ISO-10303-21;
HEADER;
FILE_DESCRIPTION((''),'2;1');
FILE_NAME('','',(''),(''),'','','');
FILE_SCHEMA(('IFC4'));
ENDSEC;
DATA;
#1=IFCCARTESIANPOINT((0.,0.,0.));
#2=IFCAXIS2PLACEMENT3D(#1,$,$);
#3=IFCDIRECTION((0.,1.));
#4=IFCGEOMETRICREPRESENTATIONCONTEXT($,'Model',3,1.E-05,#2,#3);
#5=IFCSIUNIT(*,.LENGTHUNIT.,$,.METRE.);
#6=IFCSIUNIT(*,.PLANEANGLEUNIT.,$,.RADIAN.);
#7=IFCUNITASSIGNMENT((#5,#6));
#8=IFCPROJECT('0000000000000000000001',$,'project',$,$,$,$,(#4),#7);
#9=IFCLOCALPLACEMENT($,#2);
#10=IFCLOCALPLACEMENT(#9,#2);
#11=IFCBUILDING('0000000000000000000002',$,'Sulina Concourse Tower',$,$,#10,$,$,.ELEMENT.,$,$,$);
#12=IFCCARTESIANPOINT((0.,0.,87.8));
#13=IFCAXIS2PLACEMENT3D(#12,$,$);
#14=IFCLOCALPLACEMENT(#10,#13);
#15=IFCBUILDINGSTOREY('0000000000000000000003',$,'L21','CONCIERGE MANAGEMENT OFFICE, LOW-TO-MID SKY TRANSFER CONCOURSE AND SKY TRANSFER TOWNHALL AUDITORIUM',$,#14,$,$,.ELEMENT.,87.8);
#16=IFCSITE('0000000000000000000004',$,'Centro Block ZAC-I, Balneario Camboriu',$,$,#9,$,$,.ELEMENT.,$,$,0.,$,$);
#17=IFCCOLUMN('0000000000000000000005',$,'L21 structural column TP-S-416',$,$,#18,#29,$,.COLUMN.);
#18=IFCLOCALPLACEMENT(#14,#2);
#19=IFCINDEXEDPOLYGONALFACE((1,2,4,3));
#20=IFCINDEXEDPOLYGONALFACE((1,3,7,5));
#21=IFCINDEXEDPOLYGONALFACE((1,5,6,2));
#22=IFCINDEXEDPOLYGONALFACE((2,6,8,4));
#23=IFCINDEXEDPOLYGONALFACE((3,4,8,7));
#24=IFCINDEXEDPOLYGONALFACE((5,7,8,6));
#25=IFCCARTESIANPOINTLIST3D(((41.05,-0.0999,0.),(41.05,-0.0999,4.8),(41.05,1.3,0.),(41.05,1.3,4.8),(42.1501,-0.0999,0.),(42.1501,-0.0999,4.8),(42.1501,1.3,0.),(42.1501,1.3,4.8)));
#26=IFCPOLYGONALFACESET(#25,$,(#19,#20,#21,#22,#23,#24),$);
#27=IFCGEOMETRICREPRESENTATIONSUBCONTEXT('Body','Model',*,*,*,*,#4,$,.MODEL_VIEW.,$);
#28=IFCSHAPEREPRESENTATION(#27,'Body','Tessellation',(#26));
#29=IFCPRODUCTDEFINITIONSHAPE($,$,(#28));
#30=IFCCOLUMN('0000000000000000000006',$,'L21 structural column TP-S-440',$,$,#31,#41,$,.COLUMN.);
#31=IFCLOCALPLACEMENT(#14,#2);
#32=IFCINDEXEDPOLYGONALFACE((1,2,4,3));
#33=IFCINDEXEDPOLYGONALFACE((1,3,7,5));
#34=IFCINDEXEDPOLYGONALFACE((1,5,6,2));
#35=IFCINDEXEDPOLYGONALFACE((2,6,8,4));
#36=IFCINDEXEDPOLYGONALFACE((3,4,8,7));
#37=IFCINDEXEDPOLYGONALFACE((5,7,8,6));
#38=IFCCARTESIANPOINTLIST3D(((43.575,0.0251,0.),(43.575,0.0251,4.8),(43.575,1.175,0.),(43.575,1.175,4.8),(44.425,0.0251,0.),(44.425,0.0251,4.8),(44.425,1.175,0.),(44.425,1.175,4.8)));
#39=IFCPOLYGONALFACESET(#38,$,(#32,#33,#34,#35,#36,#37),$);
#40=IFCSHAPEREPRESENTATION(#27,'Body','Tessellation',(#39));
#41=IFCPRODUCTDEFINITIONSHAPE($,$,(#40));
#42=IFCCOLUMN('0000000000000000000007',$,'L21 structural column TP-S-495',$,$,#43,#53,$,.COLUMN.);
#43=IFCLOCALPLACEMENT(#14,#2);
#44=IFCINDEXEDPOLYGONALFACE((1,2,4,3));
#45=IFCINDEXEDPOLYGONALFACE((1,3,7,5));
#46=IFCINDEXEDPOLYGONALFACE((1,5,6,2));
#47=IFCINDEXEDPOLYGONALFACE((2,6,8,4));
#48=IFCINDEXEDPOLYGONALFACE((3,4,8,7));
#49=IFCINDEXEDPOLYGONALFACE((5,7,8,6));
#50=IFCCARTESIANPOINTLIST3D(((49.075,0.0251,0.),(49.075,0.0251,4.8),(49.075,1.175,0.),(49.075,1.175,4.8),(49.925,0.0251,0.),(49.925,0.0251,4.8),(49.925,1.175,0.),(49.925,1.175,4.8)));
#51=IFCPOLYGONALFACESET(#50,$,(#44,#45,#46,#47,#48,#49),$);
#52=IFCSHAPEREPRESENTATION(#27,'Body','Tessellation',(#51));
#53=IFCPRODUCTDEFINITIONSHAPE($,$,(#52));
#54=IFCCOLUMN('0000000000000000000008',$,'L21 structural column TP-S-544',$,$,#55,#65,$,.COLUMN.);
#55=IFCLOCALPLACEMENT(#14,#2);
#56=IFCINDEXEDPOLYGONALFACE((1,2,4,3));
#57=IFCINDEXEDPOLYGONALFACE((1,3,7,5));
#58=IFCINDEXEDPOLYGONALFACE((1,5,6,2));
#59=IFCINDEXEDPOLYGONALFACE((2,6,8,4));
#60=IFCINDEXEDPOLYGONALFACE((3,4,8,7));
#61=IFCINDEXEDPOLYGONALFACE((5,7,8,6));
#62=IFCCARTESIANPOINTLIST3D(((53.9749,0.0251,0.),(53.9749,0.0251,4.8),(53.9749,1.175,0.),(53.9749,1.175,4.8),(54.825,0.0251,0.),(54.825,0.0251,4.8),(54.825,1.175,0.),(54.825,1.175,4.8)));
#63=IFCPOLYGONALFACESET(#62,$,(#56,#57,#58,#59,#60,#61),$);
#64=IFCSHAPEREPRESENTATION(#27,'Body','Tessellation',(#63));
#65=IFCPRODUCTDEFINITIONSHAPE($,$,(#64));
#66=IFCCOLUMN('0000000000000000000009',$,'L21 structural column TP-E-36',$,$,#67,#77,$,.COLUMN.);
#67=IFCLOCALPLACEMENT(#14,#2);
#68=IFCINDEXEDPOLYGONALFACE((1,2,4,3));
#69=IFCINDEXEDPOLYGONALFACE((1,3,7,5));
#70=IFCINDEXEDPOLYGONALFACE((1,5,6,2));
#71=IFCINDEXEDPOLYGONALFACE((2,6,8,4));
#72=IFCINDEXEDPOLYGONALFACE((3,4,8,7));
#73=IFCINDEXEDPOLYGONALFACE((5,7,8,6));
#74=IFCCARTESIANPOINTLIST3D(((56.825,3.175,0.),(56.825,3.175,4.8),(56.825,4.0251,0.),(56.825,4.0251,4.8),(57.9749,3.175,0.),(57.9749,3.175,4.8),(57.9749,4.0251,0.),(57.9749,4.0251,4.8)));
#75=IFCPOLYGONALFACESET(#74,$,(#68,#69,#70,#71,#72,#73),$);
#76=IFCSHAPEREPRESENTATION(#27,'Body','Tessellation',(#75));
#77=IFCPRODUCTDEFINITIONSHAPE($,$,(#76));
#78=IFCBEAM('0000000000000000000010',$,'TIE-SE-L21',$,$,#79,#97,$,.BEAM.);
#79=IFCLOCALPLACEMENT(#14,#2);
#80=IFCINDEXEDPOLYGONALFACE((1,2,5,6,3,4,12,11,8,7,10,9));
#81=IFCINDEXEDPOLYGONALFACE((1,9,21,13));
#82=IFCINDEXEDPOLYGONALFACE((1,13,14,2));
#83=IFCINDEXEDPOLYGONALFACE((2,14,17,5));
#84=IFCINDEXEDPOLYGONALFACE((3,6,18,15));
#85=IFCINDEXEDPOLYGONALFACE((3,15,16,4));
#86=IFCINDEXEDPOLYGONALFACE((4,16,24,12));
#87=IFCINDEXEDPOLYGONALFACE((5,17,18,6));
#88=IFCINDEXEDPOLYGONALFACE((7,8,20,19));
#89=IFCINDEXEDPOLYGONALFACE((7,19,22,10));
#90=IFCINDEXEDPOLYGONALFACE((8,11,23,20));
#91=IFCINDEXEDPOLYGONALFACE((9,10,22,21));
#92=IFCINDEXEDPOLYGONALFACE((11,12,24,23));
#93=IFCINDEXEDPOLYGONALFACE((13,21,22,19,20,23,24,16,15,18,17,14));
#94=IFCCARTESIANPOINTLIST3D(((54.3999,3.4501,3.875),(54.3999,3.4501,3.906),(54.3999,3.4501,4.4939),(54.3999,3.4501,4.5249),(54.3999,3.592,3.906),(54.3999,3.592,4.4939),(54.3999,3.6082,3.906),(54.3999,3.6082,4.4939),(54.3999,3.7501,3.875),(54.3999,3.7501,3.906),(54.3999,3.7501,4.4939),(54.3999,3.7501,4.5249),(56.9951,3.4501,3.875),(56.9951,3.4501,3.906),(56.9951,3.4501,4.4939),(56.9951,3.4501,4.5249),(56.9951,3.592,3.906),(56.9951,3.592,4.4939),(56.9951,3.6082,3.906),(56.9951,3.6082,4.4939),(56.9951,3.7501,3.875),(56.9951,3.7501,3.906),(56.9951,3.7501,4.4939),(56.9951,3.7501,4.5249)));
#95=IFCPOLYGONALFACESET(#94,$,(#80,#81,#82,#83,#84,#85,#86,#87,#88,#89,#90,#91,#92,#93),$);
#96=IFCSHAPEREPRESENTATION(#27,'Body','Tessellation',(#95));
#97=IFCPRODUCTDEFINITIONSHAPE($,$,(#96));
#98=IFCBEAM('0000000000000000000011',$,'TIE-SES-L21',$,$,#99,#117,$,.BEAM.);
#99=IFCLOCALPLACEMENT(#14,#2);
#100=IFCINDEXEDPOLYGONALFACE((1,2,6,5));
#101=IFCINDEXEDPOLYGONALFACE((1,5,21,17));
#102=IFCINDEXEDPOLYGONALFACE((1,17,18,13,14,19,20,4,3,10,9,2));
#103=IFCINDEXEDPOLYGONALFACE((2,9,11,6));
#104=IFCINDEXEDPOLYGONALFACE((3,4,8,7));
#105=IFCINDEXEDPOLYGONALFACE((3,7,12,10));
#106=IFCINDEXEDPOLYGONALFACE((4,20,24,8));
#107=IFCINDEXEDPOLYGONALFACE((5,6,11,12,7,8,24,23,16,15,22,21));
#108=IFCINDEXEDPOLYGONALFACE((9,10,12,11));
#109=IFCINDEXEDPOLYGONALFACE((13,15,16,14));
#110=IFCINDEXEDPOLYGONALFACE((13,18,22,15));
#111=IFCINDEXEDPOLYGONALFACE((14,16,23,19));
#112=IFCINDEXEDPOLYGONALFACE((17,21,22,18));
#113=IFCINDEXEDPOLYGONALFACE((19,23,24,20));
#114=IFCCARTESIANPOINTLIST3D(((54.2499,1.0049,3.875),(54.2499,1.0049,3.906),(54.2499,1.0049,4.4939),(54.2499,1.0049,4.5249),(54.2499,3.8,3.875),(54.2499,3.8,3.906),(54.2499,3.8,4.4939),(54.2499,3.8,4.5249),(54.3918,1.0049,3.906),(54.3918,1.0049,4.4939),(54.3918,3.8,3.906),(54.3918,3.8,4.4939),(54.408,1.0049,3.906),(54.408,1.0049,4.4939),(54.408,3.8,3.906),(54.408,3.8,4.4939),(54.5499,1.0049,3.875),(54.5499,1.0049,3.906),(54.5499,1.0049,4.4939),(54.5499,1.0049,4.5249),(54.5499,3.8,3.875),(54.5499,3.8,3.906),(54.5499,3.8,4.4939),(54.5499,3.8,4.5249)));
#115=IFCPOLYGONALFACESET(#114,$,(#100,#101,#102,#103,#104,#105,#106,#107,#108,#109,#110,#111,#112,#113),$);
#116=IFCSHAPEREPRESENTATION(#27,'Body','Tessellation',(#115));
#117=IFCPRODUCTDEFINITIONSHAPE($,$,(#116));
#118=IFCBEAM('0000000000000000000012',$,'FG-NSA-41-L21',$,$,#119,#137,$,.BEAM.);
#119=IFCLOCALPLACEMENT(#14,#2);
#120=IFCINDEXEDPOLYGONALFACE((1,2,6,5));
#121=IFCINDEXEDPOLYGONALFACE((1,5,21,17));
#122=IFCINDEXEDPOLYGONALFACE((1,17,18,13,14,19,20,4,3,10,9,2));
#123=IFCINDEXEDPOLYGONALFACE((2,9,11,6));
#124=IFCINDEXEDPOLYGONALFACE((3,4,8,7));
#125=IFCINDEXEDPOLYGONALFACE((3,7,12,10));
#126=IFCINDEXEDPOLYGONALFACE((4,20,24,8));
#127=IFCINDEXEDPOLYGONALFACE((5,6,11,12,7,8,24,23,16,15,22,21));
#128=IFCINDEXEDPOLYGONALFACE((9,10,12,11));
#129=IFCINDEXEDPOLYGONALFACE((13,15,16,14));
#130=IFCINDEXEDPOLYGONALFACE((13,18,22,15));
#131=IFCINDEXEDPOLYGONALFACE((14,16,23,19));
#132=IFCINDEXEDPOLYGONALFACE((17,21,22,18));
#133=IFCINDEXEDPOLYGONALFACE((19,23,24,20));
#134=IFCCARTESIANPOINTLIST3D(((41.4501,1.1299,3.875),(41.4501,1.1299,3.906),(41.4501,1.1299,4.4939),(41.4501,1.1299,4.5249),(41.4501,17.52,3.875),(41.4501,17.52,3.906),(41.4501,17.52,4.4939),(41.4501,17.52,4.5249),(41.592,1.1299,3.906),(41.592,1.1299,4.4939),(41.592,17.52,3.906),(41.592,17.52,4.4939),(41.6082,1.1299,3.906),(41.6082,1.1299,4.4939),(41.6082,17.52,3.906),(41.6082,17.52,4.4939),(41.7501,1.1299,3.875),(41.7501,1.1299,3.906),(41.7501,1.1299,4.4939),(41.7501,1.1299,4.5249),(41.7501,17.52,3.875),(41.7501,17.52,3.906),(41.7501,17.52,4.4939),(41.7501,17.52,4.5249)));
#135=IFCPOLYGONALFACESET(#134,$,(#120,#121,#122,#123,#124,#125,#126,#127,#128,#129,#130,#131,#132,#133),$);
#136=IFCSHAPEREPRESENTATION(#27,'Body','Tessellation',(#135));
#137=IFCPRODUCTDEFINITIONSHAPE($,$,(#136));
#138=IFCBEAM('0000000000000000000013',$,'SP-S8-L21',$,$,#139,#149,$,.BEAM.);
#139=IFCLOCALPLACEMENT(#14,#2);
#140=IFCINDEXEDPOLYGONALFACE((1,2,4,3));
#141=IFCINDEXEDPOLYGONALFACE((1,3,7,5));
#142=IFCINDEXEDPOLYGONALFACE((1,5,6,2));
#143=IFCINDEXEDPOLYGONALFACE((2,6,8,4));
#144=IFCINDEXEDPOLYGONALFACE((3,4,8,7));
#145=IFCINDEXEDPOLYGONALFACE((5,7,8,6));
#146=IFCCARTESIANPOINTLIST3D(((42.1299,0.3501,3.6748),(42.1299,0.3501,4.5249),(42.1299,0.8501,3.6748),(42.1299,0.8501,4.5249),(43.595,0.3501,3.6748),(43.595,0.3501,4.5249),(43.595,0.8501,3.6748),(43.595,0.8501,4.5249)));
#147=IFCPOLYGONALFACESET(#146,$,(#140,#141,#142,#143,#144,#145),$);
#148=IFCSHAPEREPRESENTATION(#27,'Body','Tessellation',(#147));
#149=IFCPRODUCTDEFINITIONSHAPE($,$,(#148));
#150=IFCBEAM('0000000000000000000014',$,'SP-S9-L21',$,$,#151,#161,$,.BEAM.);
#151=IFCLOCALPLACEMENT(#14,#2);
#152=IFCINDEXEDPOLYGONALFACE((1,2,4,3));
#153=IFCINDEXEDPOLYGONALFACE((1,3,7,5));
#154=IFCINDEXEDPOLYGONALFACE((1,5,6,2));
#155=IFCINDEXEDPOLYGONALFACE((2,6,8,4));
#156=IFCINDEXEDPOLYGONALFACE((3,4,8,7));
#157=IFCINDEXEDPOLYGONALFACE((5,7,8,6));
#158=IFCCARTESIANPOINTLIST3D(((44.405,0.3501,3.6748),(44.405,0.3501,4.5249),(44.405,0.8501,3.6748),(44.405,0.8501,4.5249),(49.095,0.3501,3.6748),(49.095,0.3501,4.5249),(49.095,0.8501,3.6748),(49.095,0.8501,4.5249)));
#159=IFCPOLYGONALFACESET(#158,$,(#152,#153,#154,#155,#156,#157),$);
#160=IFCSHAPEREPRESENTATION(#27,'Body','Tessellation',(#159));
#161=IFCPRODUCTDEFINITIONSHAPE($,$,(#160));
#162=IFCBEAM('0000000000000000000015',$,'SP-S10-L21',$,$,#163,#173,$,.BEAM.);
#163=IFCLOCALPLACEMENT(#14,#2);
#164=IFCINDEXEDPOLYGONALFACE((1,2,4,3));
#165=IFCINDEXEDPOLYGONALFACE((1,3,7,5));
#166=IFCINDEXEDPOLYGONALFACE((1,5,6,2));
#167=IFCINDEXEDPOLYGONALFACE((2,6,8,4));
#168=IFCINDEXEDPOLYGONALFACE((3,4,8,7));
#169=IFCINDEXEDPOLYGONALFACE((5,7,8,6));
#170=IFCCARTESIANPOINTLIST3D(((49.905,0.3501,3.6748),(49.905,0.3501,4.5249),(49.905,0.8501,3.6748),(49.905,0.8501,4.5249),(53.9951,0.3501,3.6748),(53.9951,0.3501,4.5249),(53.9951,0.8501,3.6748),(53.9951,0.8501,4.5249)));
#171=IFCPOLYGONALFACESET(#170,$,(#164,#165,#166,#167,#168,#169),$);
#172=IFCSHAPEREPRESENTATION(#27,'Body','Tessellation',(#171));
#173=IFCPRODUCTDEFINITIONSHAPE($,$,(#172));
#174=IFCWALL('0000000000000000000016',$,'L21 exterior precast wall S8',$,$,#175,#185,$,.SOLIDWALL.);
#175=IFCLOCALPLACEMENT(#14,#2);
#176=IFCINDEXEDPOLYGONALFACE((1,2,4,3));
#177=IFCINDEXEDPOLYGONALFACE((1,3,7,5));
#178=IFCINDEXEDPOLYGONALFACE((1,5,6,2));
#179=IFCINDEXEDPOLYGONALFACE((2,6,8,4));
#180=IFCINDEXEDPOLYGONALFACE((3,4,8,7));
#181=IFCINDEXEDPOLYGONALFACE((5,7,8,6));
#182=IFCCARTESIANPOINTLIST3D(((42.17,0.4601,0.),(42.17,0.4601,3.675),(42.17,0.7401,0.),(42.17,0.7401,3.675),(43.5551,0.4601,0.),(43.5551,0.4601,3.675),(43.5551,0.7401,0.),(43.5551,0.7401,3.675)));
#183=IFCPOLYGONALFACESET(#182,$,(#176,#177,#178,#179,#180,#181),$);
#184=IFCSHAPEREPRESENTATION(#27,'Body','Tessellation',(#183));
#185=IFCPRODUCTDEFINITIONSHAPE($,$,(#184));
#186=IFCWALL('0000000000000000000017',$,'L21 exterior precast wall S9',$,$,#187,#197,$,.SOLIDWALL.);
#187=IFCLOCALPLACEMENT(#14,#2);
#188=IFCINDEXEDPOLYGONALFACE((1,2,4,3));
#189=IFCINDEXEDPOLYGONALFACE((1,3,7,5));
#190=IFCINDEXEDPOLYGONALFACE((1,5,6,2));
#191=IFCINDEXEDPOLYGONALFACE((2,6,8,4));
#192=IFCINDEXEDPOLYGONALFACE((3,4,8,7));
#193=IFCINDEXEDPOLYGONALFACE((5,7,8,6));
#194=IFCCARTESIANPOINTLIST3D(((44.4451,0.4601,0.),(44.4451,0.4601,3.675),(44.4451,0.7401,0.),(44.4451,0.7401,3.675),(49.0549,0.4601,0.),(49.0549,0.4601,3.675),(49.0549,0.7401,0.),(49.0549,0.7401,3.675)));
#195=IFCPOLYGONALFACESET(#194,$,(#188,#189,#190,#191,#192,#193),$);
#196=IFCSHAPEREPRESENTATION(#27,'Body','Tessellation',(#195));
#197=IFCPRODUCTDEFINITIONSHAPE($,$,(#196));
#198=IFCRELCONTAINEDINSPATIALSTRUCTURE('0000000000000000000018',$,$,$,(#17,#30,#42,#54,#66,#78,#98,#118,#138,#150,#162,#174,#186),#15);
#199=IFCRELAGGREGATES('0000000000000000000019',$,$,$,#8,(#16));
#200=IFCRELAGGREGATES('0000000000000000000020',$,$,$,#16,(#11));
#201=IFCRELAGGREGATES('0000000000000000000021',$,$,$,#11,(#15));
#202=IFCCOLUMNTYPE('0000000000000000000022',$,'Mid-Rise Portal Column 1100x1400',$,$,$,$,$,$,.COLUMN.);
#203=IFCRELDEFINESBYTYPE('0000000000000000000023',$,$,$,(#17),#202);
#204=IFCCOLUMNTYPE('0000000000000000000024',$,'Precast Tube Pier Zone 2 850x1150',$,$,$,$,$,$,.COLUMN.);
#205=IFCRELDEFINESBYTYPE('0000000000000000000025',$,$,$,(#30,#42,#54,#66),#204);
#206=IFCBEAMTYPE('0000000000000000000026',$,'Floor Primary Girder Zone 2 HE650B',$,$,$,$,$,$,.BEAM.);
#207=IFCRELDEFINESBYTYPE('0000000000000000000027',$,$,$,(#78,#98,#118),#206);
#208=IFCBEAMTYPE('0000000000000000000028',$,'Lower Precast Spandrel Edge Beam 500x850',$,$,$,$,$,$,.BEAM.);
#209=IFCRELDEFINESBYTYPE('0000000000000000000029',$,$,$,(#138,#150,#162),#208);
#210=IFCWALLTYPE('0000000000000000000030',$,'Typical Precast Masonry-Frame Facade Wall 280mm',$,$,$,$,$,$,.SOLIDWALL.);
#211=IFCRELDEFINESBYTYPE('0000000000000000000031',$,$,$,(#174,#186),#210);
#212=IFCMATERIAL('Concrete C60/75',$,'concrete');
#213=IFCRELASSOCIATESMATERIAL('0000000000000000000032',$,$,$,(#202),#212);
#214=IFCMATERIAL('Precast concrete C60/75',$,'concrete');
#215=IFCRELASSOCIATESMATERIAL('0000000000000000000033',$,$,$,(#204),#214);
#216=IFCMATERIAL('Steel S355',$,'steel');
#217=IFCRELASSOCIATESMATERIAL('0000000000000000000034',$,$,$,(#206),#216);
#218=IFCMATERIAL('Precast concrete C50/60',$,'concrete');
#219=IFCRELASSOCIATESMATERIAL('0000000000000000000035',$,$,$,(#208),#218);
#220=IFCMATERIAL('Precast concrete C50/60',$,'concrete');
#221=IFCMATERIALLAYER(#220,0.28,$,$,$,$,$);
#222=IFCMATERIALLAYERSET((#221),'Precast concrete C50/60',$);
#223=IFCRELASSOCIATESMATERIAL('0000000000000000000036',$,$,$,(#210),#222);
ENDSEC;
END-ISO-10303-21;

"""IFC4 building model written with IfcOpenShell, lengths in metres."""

from ifc_helpers import new_model, si_unit, direction, frame, frame_2d, origin, origin_2d, place, context, subcontext, project, spatial, rectangle, i_section, extrude, material, layer, layer_set, material_profile, profile_set, type_object, element, save


model = new_model("IFC4")

# Units and contexts
model_context = context("Model", 3, precision=1e-05, world=origin(), true_north=direction((0.0, 1.0)))
body_context = subcontext(model_context, "Body", "Model", "MODEL_VIEW")
ifc_project = project(units=[si_unit("LENGTHUNIT", "METRE"), si_unit("PLANEANGLEUNIT", "RADIAN")], contexts=[model_context])

# Site, building, storey
site_placement = place(None, origin())
site = spatial("IfcSite", under=ifc_project, at=site_placement, Name="Centro Block ZAC-I, Balneario Camboriu", CompositionType="ELEMENT", RefElevation=0.0)
building_placement = place(site_placement, origin())
building = spatial("IfcBuilding", under=site, at=building_placement, Name="Sulina Concourse Tower", CompositionType="ELEMENT")
storey_placement = place(building_placement, frame((0.0, 0.0, 87.8)))
storey = spatial("IfcBuildingStorey", under=building, at=storey_placement, Name="L21", Description="CONCIERGE MANAGEMENT OFFICE, LOW-TO-MID SKY TRANSFER CONCOURSE AND SKY TRANSFER TOWNHALL AUDITORIUM", CompositionType="ELEMENT", Elevation=87.8)

# Columns
ifc_material_1 = material(Name="Concrete C60/75", Category="concrete")
ifc_material_profile_1 = material_profile(ifc_material_1, rectangle(XDim=1.1001, YDim=1.3999, at=origin_2d()), Name="RC 1100x1400")
ifc_profile_set_1 = profile_set([ifc_material_profile_1], Name="Concrete C60/75")
column_type_1 = type_object("IfcColumnType", Name="Mid-Rise Portal Column 1100x1400", PredefinedType="COLUMN", material=ifc_profile_set_1)
column_placement = place(storey_placement, frame((41.6001, 0.6001, 0.0), z_axis=(0.0, 0.0, 1.0), x_axis=(1.0, 0.0, 0.0)))
element("IfcColumn", 1, at=column_placement, inside=storey, type_object=column_type_1, Name="L21 structural column TP-S-416", PredefinedType="COLUMN", context=body_context, shape_type="SweptSolid", body=[
    extrude(rectangle(XDim=1.1001, YDim=1.3999, at=origin_2d()), origin(), (0.0, 0.0, 1.0), 4.8),
])
ifc_material_2 = material(Name="Precast concrete C60/75", Category="concrete")
ifc_material_profile_2 = material_profile(ifc_material_2, rectangle(XDim=0.8501, YDim=1.1499, at=origin_2d()), Name="PC 850x1150")
ifc_profile_set_2 = profile_set([ifc_material_profile_2], Name="Precast concrete C60/75")
column_type_2 = type_object("IfcColumnType", Name="Precast Tube Pier Zone 2 850x1150", PredefinedType="COLUMN", material=ifc_profile_set_2)
for number, where, z_axis, x_axis, name in (
    (2, (44.0, 0.6001, 0.0), (0.0, 0.0, 1.0), (1.0, 0.0, 0.0), "L21 structural column TP-S-440"),
    (3, (49.5, 0.6001, 0.0), (0.0, 0.0, 1.0), (1.0, 0.0, 0.0), "L21 structural column TP-S-495"),
    (4, (54.3999, 0.6001, 0.0), (0.0, 0.0, 1.0), (1.0, 0.0, 0.0), "L21 structural column TP-S-544"),
    (5, (57.3999, 3.6001, 0.0), (0.0, 0.0, 1.0), (0.0, 1.0, 0.0), "L21 structural column TP-E-36"),
):
    element("IfcColumn", number, at=place(storey_placement, frame(where, z_axis=z_axis, x_axis=x_axis)), inside=storey, type_object=column_type_2, Name=name, PredefinedType="COLUMN", context=body_context, shape_type="SweptSolid", body=[
        extrude(rectangle(XDim=0.8501, YDim=1.1499, at=origin_2d()), origin(), (0.0, 0.0, 1.0), 4.8),
    ])

# Beams
ifc_material_3 = material(Name="Steel S355", Category="steel")
ifc_material_profile_3 = material_profile(ifc_material_3, i_section(OverallWidth=0.3, OverallDepth=0.6499, WebThickness=0.0161, FlangeThickness=0.031, at=origin_2d()), Name="HE 650 B")
ifc_profile_set_3 = profile_set([ifc_material_profile_3], Name="Steel S355")
beam_type_1 = type_object("IfcBeamType", Name="Floor Primary Girder Zone 2 HE650B", PredefinedType="BEAM", material=ifc_profile_set_3)
beam_1_placement = place(storey_placement, frame((54.3999, 3.6001, 4.2), z_axis=(1.0, 0.0, 0.0), x_axis=(0.0, 1.0, 0.0)))
element("IfcBeam", 6, at=beam_1_placement, inside=storey, type_object=beam_type_1, Name="TIE-SE-L21", PredefinedType="BEAM", context=body_context, shape_type="SweptSolid", body=[
    extrude(i_section(OverallWidth=0.3, OverallDepth=0.6499, WebThickness=0.0161, FlangeThickness=0.031, at=origin_2d()), origin(), (0.0, 0.0, 1.0), 2.5952),
])
beam_2_placement = place(storey_placement, frame((54.3999, 1.0049, 4.2), z_axis=(0.0, 1.0, 0.0), x_axis=(-1.0, 0.0, 0.0)))
element("IfcBeam", 7, at=beam_2_placement, inside=storey, type_object=beam_type_1, Name="TIE-SES-L21", PredefinedType="BEAM", context=body_context, shape_type="SweptSolid", body=[
    extrude(i_section(OverallWidth=0.3, OverallDepth=0.6499, WebThickness=0.0161, FlangeThickness=0.031, at=origin_2d()), origin(), (0.0, 0.0, 1.0), 2.7952),
])
beam_3_placement = place(storey_placement, frame((41.6001, 1.1299, 4.2), z_axis=(0.0, 1.0, 0.0), x_axis=(-1.0, 0.0, 0.0)))
element("IfcBeam", 8, at=beam_3_placement, inside=storey, type_object=beam_type_1, Name="FG-NSA-41-L21", PredefinedType="BEAM", context=body_context, shape_type="SweptSolid", body=[
    extrude(i_section(OverallWidth=0.3, OverallDepth=0.6499, WebThickness=0.0161, FlangeThickness=0.031, at=origin_2d()), origin(), (0.0, 0.0, 1.0), 16.3901),
])
ifc_material_4 = material(Name="Precast concrete C50/60", Category="concrete")
ifc_material_profile_4 = material_profile(ifc_material_4, rectangle(XDim=0.5, YDim=0.8501, at=origin_2d()), Name="RC 500x850")
ifc_profile_set_4 = profile_set([ifc_material_profile_4], Name="Precast concrete C50/60")
beam_type_2 = type_object("IfcBeamType", Name="Lower Precast Spandrel Edge Beam 500x850", PredefinedType="BEAM", material=ifc_profile_set_4)
beam_4_placement = place(storey_placement, frame((42.1299, 0.6001, 4.0999), z_axis=(1.0, 0.0, 0.0), x_axis=(0.0, 1.0, 0.0)))
element("IfcBeam", 9, at=beam_4_placement, inside=storey, type_object=beam_type_2, Name="SP-S8-L21", PredefinedType="BEAM", context=body_context, shape_type="SweptSolid", body=[
    extrude(rectangle(XDim=0.5, YDim=0.8501, at=origin_2d()), origin(), (0.0, 0.0, 1.0), 1.4651),
])
beam_5_placement = place(storey_placement, frame((44.405, 0.6001, 4.0999), z_axis=(1.0, 0.0, 0.0), x_axis=(0.0, 1.0, 0.0)))
element("IfcBeam", 10, at=beam_5_placement, inside=storey, type_object=beam_type_2, Name="SP-S9-L21", PredefinedType="BEAM", context=body_context, shape_type="SweptSolid", body=[
    extrude(rectangle(XDim=0.5, YDim=0.8501, at=origin_2d()), origin(), (0.0, 0.0, 1.0), 4.6899),
])
beam_6_placement = place(storey_placement, frame((49.905, 0.6001, 4.0999), z_axis=(1.0, 0.0, 0.0), x_axis=(0.0, 1.0, 0.0)))
element("IfcBeam", 11, at=beam_6_placement, inside=storey, type_object=beam_type_2, Name="SP-S10-L21", PredefinedType="BEAM", context=body_context, shape_type="SweptSolid", body=[
    extrude(rectangle(XDim=0.5, YDim=0.8501, at=origin_2d()), origin(), (0.0, 0.0, 1.0), 4.0901),
])

# Walls
ifc_material_5 = material(Name="Precast concrete C50/60", Category="concrete")
ifc_layer = layer(ifc_material_5, 0.28)
ifc_layer_set = layer_set([ifc_layer], Name="Precast concrete C50/60")
wall_type = type_object("IfcWallType", Name="Typical Precast Masonry-Frame Facade Wall 280mm", PredefinedType="SOLIDWALL", material=ifc_layer_set)
wall_1_placement = place(storey_placement, frame((43.5549, 0.6001, 0.0), z_axis=(0.0, 0.0, 1.0), x_axis=(-1.0, 0.0, 0.0)))
element("IfcWall", 12, at=wall_1_placement, inside=storey, type_object=wall_type, Name="L21 exterior precast wall S8", PredefinedType="SOLIDWALL", context=body_context, shape_type="SweptSolid", body=[
    extrude(rectangle(XDim=1.385, YDim=0.28, at=frame_2d((0.6924, 0.0))), origin(), (0.0, 0.0, 1.0), 3.675),
])
wall_2_placement = place(storey_placement, frame((49.0549, 0.6001, 0.0), z_axis=(0.0, 0.0, 1.0), x_axis=(-1.0, 0.0, 0.0)))
element("IfcWall", 13, at=wall_2_placement, inside=storey, type_object=wall_type, Name="L21 exterior precast wall S9", PredefinedType="SOLIDWALL", context=body_context, shape_type="SweptSolid", body=[
    extrude(rectangle(XDim=4.6099, YDim=0.28, at=frame_2d((2.3049, 0.0))), origin(), (0.0, 0.0, 1.0), 3.675),
])

save(model, "model.ifc")
